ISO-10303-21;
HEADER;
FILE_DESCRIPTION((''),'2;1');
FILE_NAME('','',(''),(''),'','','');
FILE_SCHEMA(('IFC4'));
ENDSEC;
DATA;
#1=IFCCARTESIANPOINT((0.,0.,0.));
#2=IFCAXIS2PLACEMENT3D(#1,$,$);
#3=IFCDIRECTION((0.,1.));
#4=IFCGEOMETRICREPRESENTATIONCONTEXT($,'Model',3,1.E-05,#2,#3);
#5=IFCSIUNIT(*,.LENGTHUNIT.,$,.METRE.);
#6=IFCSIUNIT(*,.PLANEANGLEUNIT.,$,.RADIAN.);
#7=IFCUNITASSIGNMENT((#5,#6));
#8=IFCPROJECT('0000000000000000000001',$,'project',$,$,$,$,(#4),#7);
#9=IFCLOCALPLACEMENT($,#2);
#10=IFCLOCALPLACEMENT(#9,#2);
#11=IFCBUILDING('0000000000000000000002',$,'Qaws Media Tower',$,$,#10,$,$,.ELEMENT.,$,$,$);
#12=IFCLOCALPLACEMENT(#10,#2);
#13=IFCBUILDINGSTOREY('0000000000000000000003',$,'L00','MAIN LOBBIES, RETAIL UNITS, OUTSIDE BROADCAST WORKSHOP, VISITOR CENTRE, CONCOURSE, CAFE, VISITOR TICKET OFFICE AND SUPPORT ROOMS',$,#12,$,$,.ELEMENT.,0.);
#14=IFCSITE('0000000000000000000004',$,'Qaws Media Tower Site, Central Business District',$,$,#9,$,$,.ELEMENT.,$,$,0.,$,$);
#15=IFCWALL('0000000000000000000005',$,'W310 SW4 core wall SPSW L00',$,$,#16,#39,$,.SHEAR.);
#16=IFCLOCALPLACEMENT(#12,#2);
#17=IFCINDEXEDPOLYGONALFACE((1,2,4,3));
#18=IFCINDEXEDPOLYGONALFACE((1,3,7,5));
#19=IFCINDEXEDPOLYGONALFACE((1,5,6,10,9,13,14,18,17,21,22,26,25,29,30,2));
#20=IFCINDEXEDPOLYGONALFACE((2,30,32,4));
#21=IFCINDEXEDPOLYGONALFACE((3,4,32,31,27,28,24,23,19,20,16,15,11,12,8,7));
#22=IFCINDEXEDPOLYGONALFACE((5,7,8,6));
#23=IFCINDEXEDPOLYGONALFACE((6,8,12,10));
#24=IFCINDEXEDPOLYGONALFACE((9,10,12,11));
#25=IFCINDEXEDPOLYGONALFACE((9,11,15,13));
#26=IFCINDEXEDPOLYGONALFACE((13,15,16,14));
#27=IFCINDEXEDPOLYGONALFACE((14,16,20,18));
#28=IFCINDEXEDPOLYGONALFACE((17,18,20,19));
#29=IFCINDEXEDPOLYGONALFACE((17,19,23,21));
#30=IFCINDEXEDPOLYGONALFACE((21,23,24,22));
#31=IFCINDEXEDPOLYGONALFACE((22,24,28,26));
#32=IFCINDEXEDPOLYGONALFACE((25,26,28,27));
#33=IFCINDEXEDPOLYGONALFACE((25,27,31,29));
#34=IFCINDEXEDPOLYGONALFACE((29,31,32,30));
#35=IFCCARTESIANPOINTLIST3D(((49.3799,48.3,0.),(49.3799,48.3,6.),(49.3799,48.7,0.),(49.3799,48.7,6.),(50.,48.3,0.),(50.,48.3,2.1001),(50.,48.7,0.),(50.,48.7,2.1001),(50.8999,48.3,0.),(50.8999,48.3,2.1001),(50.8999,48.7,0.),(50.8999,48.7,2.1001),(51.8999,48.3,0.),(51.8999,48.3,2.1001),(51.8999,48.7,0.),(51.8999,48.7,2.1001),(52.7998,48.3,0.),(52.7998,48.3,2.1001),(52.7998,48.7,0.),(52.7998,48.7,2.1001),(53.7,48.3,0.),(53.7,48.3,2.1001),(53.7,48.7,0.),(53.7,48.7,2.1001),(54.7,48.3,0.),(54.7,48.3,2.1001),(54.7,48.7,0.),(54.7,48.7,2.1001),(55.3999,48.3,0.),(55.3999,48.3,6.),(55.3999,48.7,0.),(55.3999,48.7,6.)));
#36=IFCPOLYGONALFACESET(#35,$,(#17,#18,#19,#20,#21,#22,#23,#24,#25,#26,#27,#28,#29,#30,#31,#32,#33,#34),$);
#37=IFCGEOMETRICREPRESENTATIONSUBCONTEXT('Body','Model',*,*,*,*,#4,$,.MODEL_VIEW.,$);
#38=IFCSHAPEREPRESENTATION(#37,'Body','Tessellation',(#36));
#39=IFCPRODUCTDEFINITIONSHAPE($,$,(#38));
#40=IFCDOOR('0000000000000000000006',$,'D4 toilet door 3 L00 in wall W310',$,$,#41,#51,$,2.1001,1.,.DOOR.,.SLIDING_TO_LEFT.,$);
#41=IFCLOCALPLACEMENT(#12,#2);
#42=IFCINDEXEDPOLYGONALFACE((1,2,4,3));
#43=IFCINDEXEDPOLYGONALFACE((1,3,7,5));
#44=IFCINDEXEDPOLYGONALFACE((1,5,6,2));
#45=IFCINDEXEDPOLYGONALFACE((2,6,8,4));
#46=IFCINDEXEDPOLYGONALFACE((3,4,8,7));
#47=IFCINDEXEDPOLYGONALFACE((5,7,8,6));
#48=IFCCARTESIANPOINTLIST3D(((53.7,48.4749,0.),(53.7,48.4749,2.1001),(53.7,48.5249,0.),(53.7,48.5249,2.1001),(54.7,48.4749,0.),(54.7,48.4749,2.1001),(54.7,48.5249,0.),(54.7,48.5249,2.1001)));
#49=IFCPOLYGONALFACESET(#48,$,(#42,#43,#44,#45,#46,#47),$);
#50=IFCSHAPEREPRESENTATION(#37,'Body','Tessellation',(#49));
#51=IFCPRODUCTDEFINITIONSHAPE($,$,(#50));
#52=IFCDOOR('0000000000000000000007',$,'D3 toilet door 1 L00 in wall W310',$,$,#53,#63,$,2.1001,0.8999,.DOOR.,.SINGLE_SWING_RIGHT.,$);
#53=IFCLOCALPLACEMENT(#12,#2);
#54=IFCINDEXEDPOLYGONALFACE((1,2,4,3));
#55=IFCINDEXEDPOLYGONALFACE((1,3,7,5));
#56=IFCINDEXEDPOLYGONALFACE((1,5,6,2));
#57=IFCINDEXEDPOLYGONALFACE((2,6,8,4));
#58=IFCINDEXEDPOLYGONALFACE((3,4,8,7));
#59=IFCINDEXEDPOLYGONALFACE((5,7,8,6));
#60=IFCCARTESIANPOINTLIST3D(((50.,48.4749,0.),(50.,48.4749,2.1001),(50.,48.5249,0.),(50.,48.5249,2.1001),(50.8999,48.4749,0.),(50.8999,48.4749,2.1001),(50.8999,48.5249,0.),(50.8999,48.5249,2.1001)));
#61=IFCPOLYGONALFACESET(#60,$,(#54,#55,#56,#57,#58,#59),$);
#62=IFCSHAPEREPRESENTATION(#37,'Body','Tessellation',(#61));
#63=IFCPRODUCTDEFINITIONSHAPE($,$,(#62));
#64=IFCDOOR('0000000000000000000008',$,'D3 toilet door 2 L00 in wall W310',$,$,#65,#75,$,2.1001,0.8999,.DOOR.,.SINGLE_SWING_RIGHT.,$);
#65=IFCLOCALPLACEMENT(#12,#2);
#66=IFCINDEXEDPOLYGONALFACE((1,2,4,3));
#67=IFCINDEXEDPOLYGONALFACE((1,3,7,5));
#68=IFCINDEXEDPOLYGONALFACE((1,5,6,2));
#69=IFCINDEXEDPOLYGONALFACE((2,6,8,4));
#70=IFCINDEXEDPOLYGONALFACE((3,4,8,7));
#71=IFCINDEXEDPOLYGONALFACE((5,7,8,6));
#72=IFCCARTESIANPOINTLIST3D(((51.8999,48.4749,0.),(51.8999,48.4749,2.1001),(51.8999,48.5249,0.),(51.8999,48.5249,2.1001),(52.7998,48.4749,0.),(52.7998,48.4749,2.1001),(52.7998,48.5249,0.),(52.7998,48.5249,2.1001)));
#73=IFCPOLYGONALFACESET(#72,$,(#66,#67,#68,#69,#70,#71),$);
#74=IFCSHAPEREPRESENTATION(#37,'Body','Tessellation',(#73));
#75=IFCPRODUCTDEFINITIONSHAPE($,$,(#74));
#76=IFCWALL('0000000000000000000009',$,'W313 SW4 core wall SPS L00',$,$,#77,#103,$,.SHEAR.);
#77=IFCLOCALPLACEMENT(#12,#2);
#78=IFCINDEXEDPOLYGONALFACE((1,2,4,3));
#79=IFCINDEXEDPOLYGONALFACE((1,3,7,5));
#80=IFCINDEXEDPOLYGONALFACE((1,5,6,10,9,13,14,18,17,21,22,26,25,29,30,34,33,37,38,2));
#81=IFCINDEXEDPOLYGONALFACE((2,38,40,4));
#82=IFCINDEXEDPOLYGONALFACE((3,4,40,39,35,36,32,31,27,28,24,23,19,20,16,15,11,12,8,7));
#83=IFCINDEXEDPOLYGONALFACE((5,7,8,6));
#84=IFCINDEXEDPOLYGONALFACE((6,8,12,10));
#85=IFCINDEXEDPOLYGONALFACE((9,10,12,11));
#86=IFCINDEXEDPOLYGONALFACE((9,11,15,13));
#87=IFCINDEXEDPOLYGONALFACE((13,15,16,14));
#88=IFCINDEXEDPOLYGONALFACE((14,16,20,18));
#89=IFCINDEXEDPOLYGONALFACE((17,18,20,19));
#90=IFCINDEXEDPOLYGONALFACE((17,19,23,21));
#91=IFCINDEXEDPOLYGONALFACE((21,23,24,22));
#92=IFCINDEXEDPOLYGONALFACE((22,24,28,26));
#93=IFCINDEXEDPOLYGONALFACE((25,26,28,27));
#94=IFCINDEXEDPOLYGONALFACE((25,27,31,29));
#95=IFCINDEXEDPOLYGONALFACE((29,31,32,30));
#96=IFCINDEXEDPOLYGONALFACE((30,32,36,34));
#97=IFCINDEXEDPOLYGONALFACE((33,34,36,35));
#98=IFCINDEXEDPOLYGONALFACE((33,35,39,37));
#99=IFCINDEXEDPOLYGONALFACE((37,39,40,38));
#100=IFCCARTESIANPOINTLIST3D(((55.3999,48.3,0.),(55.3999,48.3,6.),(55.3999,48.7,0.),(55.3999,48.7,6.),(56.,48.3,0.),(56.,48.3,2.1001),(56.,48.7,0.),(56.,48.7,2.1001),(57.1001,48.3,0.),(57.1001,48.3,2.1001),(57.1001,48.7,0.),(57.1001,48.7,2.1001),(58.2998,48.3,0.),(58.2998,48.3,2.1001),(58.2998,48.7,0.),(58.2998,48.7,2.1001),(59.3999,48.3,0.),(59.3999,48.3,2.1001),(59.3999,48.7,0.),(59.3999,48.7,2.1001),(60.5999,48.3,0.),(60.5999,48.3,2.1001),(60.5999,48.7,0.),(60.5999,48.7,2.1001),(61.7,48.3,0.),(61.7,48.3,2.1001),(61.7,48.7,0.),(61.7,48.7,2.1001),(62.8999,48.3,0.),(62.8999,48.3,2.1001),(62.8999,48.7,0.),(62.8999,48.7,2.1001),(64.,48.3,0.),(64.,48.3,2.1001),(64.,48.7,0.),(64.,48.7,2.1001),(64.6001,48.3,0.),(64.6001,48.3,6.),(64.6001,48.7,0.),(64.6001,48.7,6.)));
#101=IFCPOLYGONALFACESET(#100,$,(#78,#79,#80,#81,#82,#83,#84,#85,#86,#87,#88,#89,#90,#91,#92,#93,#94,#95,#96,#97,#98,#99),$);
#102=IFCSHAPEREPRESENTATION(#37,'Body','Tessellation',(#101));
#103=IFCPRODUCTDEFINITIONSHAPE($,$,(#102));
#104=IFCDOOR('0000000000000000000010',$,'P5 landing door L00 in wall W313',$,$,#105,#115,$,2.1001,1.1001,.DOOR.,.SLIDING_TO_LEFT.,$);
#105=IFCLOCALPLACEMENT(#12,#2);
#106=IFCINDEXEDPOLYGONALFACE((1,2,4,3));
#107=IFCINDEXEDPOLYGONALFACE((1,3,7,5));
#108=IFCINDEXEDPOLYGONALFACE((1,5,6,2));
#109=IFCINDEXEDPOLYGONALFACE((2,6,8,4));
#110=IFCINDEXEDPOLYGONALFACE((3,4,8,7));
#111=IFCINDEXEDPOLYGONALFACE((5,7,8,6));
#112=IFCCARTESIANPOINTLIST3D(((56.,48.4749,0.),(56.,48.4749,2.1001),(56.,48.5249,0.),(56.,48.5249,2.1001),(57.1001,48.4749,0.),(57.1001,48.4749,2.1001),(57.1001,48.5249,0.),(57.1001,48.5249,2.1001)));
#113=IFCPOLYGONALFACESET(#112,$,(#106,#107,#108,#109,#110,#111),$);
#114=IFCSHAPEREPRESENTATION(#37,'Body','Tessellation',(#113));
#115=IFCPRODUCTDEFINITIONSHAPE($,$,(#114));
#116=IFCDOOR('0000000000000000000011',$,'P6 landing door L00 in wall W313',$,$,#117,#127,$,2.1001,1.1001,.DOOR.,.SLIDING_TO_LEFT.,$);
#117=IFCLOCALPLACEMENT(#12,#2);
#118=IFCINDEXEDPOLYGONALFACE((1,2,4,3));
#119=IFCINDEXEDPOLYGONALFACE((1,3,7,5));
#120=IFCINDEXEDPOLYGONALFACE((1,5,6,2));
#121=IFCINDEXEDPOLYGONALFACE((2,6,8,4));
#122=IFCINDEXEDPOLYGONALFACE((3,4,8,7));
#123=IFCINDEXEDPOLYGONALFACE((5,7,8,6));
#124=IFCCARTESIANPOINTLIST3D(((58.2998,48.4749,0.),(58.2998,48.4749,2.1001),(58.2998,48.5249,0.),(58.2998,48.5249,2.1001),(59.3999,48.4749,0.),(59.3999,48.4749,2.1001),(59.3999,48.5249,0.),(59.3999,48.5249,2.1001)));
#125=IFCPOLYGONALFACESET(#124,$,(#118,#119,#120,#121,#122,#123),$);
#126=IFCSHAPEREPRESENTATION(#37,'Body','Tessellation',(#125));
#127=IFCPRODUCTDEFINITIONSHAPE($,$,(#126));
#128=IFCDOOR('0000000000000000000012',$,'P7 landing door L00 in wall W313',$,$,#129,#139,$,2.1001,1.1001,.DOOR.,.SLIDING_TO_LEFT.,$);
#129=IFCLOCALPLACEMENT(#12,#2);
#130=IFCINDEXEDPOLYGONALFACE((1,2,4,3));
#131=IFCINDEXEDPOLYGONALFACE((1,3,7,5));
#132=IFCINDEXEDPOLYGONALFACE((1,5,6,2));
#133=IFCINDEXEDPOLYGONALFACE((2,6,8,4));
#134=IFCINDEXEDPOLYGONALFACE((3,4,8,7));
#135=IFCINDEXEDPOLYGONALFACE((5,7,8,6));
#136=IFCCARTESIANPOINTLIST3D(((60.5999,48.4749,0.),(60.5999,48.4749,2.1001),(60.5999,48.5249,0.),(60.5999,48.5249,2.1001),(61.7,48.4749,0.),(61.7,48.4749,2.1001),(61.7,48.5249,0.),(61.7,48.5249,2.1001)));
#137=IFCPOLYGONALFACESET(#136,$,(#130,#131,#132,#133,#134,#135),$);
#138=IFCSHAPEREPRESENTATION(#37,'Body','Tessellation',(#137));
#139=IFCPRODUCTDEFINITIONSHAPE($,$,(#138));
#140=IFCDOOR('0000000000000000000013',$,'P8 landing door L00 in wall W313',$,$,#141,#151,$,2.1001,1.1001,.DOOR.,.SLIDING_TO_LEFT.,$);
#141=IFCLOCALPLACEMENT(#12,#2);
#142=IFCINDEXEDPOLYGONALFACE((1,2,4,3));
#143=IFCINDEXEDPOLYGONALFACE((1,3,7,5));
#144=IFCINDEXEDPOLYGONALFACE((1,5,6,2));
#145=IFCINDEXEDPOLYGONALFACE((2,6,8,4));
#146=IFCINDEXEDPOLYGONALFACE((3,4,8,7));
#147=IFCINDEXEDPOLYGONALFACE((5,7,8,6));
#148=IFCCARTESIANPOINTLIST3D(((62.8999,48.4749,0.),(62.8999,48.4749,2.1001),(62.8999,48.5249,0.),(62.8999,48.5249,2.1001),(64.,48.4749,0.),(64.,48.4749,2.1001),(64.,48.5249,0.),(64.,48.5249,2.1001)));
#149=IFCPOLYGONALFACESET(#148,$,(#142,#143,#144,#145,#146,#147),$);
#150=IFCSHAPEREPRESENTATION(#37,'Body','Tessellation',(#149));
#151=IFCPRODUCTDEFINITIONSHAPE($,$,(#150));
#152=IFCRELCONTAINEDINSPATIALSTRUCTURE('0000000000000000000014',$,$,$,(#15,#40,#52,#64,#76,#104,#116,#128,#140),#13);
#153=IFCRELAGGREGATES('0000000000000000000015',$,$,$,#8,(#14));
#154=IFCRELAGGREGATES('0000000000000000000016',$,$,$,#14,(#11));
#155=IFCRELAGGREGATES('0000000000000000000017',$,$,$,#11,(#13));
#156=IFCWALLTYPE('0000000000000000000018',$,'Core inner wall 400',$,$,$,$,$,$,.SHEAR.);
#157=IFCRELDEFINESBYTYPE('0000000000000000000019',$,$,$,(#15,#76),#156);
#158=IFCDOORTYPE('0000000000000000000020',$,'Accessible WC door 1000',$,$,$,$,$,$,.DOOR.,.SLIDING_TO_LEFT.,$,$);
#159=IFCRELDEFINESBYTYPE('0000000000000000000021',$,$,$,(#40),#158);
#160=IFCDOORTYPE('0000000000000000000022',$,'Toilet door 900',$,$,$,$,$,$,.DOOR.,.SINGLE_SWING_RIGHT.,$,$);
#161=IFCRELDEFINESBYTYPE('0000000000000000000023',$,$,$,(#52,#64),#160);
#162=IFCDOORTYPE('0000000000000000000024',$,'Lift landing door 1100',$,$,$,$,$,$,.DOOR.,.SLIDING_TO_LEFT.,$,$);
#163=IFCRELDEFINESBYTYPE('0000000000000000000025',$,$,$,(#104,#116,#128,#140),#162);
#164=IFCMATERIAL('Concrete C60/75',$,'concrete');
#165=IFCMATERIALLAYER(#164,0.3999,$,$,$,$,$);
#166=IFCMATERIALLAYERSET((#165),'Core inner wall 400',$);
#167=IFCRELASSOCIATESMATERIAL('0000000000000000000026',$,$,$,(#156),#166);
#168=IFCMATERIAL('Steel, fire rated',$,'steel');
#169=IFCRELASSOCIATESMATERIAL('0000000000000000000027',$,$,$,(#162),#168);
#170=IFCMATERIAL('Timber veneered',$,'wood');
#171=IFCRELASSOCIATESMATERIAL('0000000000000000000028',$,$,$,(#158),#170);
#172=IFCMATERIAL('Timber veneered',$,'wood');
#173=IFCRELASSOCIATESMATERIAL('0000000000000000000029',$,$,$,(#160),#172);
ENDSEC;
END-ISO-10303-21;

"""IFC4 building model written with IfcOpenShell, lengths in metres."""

from ifc_helpers import new_model, si_unit, direction, frame, frame_2d, origin, place, context, subcontext, project, spatial, rectangle, extrude, material, layer, layer_set, type_object, element, fill, save


model = new_model("IFC4")

# Units and contexts
model_context = context("Model", 3, precision=1e-05, world=origin(), true_north=direction((0.0, 1.0)))
body_context = subcontext(model_context, "Body", "Model", "MODEL_VIEW")
ifc_project = project(units=[si_unit("LENGTHUNIT", "METRE"), si_unit("PLANEANGLEUNIT", "RADIAN")], contexts=[model_context])

# Site, building, storey
site_placement = place(None, origin())
site = spatial("IfcSite", under=ifc_project, at=site_placement, Name="Qaws Media Tower Site, Central Business District", CompositionType="ELEMENT", RefElevation=0.0)
building_placement = place(site_placement, origin())
building = spatial("IfcBuilding", under=site, at=building_placement, Name="Qaws Media Tower", CompositionType="ELEMENT")
storey_placement = place(building_placement, origin())
storey = spatial("IfcBuildingStorey", under=building, at=storey_placement, Name="L00", Description="MAIN LOBBIES, RETAIL UNITS, OUTSIDE BROADCAST WORKSHOP, VISITOR CENTRE, CONCOURSE, CAFE, VISITOR TICKET OFFICE AND SUPPORT ROOMS", CompositionType="ELEMENT", Elevation=0.0)

# Shared definitions
ifc_material_1 = material(Name="Concrete C60/75", Category="concrete")
ifc_layer_1 = layer(ifc_material_1, 0.3999)
ifc_layer_set_1 = layer_set([ifc_layer_1], Name="Core inner wall 400")
wall_type_1 = type_object("IfcWallType", Name="Core inner wall 400", PredefinedType="SHEAR", material=ifc_layer_set_1)

# Walls, openings, doors
ifc_material_2 = material(Name="Steel, fire rated", Category="steel")
door_type_1 = type_object("IfcDoorType", Name="Lift landing door 1100", OperationType="SLIDING_TO_LEFT", PredefinedType="DOOR", material=ifc_material_2)
wall_1_placement = place(storey_placement, frame((49.3799, 48.5, 0.0), z_axis=(0.0, 0.0, 1.0), x_axis=(1.0, 0.0, 0.0)))
wall_1 = element("IfcWall", 1, at=wall_1_placement, inside=storey, type_object=wall_type_1, Name="W310 SW4 core wall SPSW L00", PredefinedType="SHEAR", context=body_context, shape_type="SweptSolid", body=[
    extrude(rectangle(XDim=6.02, YDim=0.3999, at=frame_2d((3.01, 0.0))), origin(), (0.0, 0.0, 1.0), 6.0),
])
opening_1_placement = place(wall_1_placement, frame((0.6201, 0.0, 0.0)))
opening_1 = element("IfcOpeningElement", 2, at=opening_1_placement, cuts=wall_1, PredefinedType="OPENING", context=body_context, shape_type="SweptSolid", body=[
    extrude(rectangle(XDim=0.8999, YDim=2.1001, at=frame_2d((0.45, 1.05))), frame((0.0, 0.21, 0.0), z_axis=(0.0, -1.0, 0.0), x_axis=(1.0, 0.0, 0.0)), (0.0, 0.0, 1.0), 0.4199),
])
opening_2_placement = place(wall_1_placement, frame((2.52, 0.0, 0.0)))
opening_2 = element("IfcOpeningElement", 3, at=opening_2_placement, cuts=wall_1, PredefinedType="OPENING", context=body_context, shape_type="SweptSolid", body=[
    extrude(rectangle(XDim=0.8999, YDim=2.1001, at=frame_2d((0.45, 1.05))), frame((0.0, 0.21, 0.0), z_axis=(0.0, -1.0, 0.0), x_axis=(1.0, 0.0, 0.0)), (0.0, 0.0, 1.0), 0.4199),
])
opening_3_placement = place(wall_1_placement, frame((4.3201, 0.0, 0.0)))
opening_3 = element("IfcOpeningElement", 4, at=opening_3_placement, cuts=wall_1, PredefinedType="OPENING", context=body_context, shape_type="SweptSolid", body=[
    extrude(rectangle(XDim=1.0, YDim=2.1001, at=frame_2d((0.5, 1.05))), frame((0.0, 0.21, 0.0), z_axis=(0.0, -1.0, 0.0), x_axis=(1.0, 0.0, 0.0)), (0.0, 0.0, 1.0), 0.4199),
])
ifc_material_3 = material(Name="Timber veneered", Category="wood")
door_type_2 = type_object("IfcDoorType", Name="Accessible WC door 1000", OperationType="SLIDING_TO_LEFT", PredefinedType="DOOR", material=ifc_material_3)
door_1_placement = place(opening_3_placement, origin())
door_1 = element("IfcDoor", 5, at=door_1_placement, inside=storey, type_object=door_type_2, Name="D4 toilet door 3 L00 in wall W310", OperationType="SLIDING_TO_LEFT", OverallHeight=2.1001, OverallWidth=1.0, PredefinedType="DOOR", context=body_context, shape_type="SweptSolid", body=[
    extrude(rectangle(XDim=1.0, YDim=2.1001, at=frame_2d((0.5, 1.05))), frame((0.0, 0.0249, 0.0), z_axis=(0.0, -1.0, 0.0), x_axis=(1.0, 0.0, 0.0)), (0.0, 0.0, 1.0), 0.05),
])
fill(opening_3, door_1)
ifc_material_4 = material(Name="Timber veneered", Category="wood")
door_type_3 = type_object("IfcDoorType", Name="Toilet door 900", OperationType="SINGLE_SWING_RIGHT", PredefinedType="DOOR", material=ifc_material_4)
door_2_placement = place(opening_1_placement, origin())
door_2 = element("IfcDoor", 6, at=door_2_placement, inside=storey, type_object=door_type_3, Name="D3 toilet door 1 L00 in wall W310", OperationType="SINGLE_SWING_RIGHT", OverallHeight=2.1001, OverallWidth=0.8999, PredefinedType="DOOR", context=body_context, shape_type="SweptSolid", body=[
    extrude(rectangle(XDim=0.8999, YDim=2.1001, at=frame_2d((0.45, 1.05))), frame((0.0, 0.0249, 0.0), z_axis=(0.0, -1.0, 0.0), x_axis=(1.0, 0.0, 0.0)), (0.0, 0.0, 1.0), 0.05),
])
fill(opening_1, door_2)
door_3_placement = place(opening_2_placement, origin())
door_3 = element("IfcDoor", 7, at=door_3_placement, inside=storey, type_object=door_type_3, Name="D3 toilet door 2 L00 in wall W310", OperationType="SINGLE_SWING_RIGHT", OverallHeight=2.1001, OverallWidth=0.8999, PredefinedType="DOOR", context=body_context, shape_type="SweptSolid", body=[
    extrude(rectangle(XDim=0.8999, YDim=2.1001, at=frame_2d((0.45, 1.05))), frame((0.0, 0.0249, 0.0), z_axis=(0.0, -1.0, 0.0), x_axis=(1.0, 0.0, 0.0)), (0.0, 0.0, 1.0), 0.05),
])
fill(opening_2, door_3)
wall_2_placement = place(storey_placement, frame((55.3999, 48.5, 0.0), z_axis=(0.0, 0.0, 1.0), x_axis=(1.0, 0.0, 0.0)))
wall_2 = element("IfcWall", 8, at=wall_2_placement, inside=storey, type_object=wall_type_1, Name="W313 SW4 core wall SPS L00", PredefinedType="SHEAR", context=body_context, shape_type="SweptSolid", body=[
    extrude(rectangle(XDim=9.2002, YDim=0.3999, at=frame_2d((4.6001, 0.0))), origin(), (0.0, 0.0, 1.0), 6.0),
])
opening_4_placement = place(wall_2_placement, frame((0.6001, 0.0, 0.0)))
opening_4 = element("IfcOpeningElement", 9, at=opening_4_placement, cuts=wall_2, PredefinedType="OPENING", context=body_context, shape_type="SweptSolid", body=[
    extrude(rectangle(XDim=1.1001, YDim=2.1001, at=frame_2d((0.55, 1.05))), frame((0.0, 0.21, 0.0), z_axis=(0.0, -1.0, 0.0), x_axis=(1.0, 0.0, 0.0)), (0.0, 0.0, 1.0), 0.4199),
])
opening_5_placement = place(wall_2_placement, frame((2.8999, 0.0, 0.0)))
opening_5 = element("IfcOpeningElement", 10, at=opening_5_placement, cuts=wall_2, PredefinedType="OPENING", context=body_context, shape_type="SweptSolid", body=[
    extrude(rectangle(XDim=1.1001, YDim=2.1001, at=frame_2d((0.55, 1.05))), frame((0.0, 0.21, 0.0), z_axis=(0.0, -1.0, 0.0), x_axis=(1.0, 0.0, 0.0)), (0.0, 0.0, 1.0), 0.4199),
])
opening_6_placement = place(wall_2_placement, frame((5.2, 0.0, 0.0)))
opening_6 = element("IfcOpeningElement", 11, at=opening_6_placement, cuts=wall_2, PredefinedType="OPENING", context=body_context, shape_type="SweptSolid", body=[
    extrude(rectangle(XDim=1.1001, YDim=2.1001, at=frame_2d((0.55, 1.05))), frame((0.0, 0.21, 0.0), z_axis=(0.0, -1.0, 0.0), x_axis=(1.0, 0.0, 0.0)), (0.0, 0.0, 1.0), 0.4199),
])
opening_7_placement = place(wall_2_placement, frame((7.5, 0.0, 0.0)))
opening_7 = element("IfcOpeningElement", 12, at=opening_7_placement, cuts=wall_2, PredefinedType="OPENING", context=body_context, shape_type="SweptSolid", body=[
    extrude(rectangle(XDim=1.1001, YDim=2.1001, at=frame_2d((0.55, 1.05))), frame((0.0, 0.21, 0.0), z_axis=(0.0, -1.0, 0.0), x_axis=(1.0, 0.0, 0.0)), (0.0, 0.0, 1.0), 0.4199),
])
door_4_placement = place(opening_4_placement, origin())
door_4 = element("IfcDoor", 13, at=door_4_placement, inside=storey, type_object=door_type_1, Name="P5 landing door L00 in wall W313", OperationType="SLIDING_TO_LEFT", OverallHeight=2.1001, OverallWidth=1.1001, PredefinedType="DOOR", context=body_context, shape_type="SweptSolid", body=[
    extrude(rectangle(XDim=1.1001, YDim=2.1001, at=frame_2d((0.55, 1.05))), frame((0.0, 0.0249, 0.0), z_axis=(0.0, -1.0, 0.0), x_axis=(1.0, 0.0, 0.0)), (0.0, 0.0, 1.0), 0.05),
])
fill(opening_4, door_4)
door_5_placement = place(opening_5_placement, origin())
door_5 = element("IfcDoor", 14, at=door_5_placement, inside=storey, type_object=door_type_1, Name="P6 landing door L00 in wall W313", OperationType="SLIDING_TO_LEFT", OverallHeight=2.1001, OverallWidth=1.1001, PredefinedType="DOOR", context=body_context, shape_type="SweptSolid", body=[
    extrude(rectangle(XDim=1.1001, YDim=2.1001, at=frame_2d((0.55, 1.05))), frame((0.0, 0.0249, 0.0), z_axis=(0.0, -1.0, 0.0), x_axis=(1.0, 0.0, 0.0)), (0.0, 0.0, 1.0), 0.05),
])
fill(opening_5, door_5)
door_6_placement = place(opening_6_placement, origin())
door_6 = element("IfcDoor", 15, at=door_6_placement, inside=storey, type_object=door_type_1, Name="P7 landing door L00 in wall W313", OperationType="SLIDING_TO_LEFT", OverallHeight=2.1001, OverallWidth=1.1001, PredefinedType="DOOR", context=body_context, shape_type="SweptSolid", body=[
    extrude(rectangle(XDim=1.1001, YDim=2.1001, at=frame_2d((0.55, 1.05))), frame((0.0, 0.0249, 0.0), z_axis=(0.0, -1.0, 0.0), x_axis=(1.0, 0.0, 0.0)), (0.0, 0.0, 1.0), 0.05),
])
fill(opening_6, door_6)
door_7_placement = place(opening_7_placement, origin())
door_7 = element("IfcDoor", 16, at=door_7_placement, inside=storey, type_object=door_type_1, Name="P8 landing door L00 in wall W313", OperationType="SLIDING_TO_LEFT", OverallHeight=2.1001, OverallWidth=1.1001, PredefinedType="DOOR", context=body_context, shape_type="SweptSolid", body=[
    extrude(rectangle(XDim=1.1001, YDim=2.1001, at=frame_2d((0.55, 1.05))), frame((0.0, 0.0249, 0.0), z_axis=(0.0, -1.0, 0.0), x_axis=(1.0, 0.0, 0.0)), (0.0, 0.0, 1.0), 0.05),
])
fill(opening_7, door_7)

save(model, "model.ifc")
